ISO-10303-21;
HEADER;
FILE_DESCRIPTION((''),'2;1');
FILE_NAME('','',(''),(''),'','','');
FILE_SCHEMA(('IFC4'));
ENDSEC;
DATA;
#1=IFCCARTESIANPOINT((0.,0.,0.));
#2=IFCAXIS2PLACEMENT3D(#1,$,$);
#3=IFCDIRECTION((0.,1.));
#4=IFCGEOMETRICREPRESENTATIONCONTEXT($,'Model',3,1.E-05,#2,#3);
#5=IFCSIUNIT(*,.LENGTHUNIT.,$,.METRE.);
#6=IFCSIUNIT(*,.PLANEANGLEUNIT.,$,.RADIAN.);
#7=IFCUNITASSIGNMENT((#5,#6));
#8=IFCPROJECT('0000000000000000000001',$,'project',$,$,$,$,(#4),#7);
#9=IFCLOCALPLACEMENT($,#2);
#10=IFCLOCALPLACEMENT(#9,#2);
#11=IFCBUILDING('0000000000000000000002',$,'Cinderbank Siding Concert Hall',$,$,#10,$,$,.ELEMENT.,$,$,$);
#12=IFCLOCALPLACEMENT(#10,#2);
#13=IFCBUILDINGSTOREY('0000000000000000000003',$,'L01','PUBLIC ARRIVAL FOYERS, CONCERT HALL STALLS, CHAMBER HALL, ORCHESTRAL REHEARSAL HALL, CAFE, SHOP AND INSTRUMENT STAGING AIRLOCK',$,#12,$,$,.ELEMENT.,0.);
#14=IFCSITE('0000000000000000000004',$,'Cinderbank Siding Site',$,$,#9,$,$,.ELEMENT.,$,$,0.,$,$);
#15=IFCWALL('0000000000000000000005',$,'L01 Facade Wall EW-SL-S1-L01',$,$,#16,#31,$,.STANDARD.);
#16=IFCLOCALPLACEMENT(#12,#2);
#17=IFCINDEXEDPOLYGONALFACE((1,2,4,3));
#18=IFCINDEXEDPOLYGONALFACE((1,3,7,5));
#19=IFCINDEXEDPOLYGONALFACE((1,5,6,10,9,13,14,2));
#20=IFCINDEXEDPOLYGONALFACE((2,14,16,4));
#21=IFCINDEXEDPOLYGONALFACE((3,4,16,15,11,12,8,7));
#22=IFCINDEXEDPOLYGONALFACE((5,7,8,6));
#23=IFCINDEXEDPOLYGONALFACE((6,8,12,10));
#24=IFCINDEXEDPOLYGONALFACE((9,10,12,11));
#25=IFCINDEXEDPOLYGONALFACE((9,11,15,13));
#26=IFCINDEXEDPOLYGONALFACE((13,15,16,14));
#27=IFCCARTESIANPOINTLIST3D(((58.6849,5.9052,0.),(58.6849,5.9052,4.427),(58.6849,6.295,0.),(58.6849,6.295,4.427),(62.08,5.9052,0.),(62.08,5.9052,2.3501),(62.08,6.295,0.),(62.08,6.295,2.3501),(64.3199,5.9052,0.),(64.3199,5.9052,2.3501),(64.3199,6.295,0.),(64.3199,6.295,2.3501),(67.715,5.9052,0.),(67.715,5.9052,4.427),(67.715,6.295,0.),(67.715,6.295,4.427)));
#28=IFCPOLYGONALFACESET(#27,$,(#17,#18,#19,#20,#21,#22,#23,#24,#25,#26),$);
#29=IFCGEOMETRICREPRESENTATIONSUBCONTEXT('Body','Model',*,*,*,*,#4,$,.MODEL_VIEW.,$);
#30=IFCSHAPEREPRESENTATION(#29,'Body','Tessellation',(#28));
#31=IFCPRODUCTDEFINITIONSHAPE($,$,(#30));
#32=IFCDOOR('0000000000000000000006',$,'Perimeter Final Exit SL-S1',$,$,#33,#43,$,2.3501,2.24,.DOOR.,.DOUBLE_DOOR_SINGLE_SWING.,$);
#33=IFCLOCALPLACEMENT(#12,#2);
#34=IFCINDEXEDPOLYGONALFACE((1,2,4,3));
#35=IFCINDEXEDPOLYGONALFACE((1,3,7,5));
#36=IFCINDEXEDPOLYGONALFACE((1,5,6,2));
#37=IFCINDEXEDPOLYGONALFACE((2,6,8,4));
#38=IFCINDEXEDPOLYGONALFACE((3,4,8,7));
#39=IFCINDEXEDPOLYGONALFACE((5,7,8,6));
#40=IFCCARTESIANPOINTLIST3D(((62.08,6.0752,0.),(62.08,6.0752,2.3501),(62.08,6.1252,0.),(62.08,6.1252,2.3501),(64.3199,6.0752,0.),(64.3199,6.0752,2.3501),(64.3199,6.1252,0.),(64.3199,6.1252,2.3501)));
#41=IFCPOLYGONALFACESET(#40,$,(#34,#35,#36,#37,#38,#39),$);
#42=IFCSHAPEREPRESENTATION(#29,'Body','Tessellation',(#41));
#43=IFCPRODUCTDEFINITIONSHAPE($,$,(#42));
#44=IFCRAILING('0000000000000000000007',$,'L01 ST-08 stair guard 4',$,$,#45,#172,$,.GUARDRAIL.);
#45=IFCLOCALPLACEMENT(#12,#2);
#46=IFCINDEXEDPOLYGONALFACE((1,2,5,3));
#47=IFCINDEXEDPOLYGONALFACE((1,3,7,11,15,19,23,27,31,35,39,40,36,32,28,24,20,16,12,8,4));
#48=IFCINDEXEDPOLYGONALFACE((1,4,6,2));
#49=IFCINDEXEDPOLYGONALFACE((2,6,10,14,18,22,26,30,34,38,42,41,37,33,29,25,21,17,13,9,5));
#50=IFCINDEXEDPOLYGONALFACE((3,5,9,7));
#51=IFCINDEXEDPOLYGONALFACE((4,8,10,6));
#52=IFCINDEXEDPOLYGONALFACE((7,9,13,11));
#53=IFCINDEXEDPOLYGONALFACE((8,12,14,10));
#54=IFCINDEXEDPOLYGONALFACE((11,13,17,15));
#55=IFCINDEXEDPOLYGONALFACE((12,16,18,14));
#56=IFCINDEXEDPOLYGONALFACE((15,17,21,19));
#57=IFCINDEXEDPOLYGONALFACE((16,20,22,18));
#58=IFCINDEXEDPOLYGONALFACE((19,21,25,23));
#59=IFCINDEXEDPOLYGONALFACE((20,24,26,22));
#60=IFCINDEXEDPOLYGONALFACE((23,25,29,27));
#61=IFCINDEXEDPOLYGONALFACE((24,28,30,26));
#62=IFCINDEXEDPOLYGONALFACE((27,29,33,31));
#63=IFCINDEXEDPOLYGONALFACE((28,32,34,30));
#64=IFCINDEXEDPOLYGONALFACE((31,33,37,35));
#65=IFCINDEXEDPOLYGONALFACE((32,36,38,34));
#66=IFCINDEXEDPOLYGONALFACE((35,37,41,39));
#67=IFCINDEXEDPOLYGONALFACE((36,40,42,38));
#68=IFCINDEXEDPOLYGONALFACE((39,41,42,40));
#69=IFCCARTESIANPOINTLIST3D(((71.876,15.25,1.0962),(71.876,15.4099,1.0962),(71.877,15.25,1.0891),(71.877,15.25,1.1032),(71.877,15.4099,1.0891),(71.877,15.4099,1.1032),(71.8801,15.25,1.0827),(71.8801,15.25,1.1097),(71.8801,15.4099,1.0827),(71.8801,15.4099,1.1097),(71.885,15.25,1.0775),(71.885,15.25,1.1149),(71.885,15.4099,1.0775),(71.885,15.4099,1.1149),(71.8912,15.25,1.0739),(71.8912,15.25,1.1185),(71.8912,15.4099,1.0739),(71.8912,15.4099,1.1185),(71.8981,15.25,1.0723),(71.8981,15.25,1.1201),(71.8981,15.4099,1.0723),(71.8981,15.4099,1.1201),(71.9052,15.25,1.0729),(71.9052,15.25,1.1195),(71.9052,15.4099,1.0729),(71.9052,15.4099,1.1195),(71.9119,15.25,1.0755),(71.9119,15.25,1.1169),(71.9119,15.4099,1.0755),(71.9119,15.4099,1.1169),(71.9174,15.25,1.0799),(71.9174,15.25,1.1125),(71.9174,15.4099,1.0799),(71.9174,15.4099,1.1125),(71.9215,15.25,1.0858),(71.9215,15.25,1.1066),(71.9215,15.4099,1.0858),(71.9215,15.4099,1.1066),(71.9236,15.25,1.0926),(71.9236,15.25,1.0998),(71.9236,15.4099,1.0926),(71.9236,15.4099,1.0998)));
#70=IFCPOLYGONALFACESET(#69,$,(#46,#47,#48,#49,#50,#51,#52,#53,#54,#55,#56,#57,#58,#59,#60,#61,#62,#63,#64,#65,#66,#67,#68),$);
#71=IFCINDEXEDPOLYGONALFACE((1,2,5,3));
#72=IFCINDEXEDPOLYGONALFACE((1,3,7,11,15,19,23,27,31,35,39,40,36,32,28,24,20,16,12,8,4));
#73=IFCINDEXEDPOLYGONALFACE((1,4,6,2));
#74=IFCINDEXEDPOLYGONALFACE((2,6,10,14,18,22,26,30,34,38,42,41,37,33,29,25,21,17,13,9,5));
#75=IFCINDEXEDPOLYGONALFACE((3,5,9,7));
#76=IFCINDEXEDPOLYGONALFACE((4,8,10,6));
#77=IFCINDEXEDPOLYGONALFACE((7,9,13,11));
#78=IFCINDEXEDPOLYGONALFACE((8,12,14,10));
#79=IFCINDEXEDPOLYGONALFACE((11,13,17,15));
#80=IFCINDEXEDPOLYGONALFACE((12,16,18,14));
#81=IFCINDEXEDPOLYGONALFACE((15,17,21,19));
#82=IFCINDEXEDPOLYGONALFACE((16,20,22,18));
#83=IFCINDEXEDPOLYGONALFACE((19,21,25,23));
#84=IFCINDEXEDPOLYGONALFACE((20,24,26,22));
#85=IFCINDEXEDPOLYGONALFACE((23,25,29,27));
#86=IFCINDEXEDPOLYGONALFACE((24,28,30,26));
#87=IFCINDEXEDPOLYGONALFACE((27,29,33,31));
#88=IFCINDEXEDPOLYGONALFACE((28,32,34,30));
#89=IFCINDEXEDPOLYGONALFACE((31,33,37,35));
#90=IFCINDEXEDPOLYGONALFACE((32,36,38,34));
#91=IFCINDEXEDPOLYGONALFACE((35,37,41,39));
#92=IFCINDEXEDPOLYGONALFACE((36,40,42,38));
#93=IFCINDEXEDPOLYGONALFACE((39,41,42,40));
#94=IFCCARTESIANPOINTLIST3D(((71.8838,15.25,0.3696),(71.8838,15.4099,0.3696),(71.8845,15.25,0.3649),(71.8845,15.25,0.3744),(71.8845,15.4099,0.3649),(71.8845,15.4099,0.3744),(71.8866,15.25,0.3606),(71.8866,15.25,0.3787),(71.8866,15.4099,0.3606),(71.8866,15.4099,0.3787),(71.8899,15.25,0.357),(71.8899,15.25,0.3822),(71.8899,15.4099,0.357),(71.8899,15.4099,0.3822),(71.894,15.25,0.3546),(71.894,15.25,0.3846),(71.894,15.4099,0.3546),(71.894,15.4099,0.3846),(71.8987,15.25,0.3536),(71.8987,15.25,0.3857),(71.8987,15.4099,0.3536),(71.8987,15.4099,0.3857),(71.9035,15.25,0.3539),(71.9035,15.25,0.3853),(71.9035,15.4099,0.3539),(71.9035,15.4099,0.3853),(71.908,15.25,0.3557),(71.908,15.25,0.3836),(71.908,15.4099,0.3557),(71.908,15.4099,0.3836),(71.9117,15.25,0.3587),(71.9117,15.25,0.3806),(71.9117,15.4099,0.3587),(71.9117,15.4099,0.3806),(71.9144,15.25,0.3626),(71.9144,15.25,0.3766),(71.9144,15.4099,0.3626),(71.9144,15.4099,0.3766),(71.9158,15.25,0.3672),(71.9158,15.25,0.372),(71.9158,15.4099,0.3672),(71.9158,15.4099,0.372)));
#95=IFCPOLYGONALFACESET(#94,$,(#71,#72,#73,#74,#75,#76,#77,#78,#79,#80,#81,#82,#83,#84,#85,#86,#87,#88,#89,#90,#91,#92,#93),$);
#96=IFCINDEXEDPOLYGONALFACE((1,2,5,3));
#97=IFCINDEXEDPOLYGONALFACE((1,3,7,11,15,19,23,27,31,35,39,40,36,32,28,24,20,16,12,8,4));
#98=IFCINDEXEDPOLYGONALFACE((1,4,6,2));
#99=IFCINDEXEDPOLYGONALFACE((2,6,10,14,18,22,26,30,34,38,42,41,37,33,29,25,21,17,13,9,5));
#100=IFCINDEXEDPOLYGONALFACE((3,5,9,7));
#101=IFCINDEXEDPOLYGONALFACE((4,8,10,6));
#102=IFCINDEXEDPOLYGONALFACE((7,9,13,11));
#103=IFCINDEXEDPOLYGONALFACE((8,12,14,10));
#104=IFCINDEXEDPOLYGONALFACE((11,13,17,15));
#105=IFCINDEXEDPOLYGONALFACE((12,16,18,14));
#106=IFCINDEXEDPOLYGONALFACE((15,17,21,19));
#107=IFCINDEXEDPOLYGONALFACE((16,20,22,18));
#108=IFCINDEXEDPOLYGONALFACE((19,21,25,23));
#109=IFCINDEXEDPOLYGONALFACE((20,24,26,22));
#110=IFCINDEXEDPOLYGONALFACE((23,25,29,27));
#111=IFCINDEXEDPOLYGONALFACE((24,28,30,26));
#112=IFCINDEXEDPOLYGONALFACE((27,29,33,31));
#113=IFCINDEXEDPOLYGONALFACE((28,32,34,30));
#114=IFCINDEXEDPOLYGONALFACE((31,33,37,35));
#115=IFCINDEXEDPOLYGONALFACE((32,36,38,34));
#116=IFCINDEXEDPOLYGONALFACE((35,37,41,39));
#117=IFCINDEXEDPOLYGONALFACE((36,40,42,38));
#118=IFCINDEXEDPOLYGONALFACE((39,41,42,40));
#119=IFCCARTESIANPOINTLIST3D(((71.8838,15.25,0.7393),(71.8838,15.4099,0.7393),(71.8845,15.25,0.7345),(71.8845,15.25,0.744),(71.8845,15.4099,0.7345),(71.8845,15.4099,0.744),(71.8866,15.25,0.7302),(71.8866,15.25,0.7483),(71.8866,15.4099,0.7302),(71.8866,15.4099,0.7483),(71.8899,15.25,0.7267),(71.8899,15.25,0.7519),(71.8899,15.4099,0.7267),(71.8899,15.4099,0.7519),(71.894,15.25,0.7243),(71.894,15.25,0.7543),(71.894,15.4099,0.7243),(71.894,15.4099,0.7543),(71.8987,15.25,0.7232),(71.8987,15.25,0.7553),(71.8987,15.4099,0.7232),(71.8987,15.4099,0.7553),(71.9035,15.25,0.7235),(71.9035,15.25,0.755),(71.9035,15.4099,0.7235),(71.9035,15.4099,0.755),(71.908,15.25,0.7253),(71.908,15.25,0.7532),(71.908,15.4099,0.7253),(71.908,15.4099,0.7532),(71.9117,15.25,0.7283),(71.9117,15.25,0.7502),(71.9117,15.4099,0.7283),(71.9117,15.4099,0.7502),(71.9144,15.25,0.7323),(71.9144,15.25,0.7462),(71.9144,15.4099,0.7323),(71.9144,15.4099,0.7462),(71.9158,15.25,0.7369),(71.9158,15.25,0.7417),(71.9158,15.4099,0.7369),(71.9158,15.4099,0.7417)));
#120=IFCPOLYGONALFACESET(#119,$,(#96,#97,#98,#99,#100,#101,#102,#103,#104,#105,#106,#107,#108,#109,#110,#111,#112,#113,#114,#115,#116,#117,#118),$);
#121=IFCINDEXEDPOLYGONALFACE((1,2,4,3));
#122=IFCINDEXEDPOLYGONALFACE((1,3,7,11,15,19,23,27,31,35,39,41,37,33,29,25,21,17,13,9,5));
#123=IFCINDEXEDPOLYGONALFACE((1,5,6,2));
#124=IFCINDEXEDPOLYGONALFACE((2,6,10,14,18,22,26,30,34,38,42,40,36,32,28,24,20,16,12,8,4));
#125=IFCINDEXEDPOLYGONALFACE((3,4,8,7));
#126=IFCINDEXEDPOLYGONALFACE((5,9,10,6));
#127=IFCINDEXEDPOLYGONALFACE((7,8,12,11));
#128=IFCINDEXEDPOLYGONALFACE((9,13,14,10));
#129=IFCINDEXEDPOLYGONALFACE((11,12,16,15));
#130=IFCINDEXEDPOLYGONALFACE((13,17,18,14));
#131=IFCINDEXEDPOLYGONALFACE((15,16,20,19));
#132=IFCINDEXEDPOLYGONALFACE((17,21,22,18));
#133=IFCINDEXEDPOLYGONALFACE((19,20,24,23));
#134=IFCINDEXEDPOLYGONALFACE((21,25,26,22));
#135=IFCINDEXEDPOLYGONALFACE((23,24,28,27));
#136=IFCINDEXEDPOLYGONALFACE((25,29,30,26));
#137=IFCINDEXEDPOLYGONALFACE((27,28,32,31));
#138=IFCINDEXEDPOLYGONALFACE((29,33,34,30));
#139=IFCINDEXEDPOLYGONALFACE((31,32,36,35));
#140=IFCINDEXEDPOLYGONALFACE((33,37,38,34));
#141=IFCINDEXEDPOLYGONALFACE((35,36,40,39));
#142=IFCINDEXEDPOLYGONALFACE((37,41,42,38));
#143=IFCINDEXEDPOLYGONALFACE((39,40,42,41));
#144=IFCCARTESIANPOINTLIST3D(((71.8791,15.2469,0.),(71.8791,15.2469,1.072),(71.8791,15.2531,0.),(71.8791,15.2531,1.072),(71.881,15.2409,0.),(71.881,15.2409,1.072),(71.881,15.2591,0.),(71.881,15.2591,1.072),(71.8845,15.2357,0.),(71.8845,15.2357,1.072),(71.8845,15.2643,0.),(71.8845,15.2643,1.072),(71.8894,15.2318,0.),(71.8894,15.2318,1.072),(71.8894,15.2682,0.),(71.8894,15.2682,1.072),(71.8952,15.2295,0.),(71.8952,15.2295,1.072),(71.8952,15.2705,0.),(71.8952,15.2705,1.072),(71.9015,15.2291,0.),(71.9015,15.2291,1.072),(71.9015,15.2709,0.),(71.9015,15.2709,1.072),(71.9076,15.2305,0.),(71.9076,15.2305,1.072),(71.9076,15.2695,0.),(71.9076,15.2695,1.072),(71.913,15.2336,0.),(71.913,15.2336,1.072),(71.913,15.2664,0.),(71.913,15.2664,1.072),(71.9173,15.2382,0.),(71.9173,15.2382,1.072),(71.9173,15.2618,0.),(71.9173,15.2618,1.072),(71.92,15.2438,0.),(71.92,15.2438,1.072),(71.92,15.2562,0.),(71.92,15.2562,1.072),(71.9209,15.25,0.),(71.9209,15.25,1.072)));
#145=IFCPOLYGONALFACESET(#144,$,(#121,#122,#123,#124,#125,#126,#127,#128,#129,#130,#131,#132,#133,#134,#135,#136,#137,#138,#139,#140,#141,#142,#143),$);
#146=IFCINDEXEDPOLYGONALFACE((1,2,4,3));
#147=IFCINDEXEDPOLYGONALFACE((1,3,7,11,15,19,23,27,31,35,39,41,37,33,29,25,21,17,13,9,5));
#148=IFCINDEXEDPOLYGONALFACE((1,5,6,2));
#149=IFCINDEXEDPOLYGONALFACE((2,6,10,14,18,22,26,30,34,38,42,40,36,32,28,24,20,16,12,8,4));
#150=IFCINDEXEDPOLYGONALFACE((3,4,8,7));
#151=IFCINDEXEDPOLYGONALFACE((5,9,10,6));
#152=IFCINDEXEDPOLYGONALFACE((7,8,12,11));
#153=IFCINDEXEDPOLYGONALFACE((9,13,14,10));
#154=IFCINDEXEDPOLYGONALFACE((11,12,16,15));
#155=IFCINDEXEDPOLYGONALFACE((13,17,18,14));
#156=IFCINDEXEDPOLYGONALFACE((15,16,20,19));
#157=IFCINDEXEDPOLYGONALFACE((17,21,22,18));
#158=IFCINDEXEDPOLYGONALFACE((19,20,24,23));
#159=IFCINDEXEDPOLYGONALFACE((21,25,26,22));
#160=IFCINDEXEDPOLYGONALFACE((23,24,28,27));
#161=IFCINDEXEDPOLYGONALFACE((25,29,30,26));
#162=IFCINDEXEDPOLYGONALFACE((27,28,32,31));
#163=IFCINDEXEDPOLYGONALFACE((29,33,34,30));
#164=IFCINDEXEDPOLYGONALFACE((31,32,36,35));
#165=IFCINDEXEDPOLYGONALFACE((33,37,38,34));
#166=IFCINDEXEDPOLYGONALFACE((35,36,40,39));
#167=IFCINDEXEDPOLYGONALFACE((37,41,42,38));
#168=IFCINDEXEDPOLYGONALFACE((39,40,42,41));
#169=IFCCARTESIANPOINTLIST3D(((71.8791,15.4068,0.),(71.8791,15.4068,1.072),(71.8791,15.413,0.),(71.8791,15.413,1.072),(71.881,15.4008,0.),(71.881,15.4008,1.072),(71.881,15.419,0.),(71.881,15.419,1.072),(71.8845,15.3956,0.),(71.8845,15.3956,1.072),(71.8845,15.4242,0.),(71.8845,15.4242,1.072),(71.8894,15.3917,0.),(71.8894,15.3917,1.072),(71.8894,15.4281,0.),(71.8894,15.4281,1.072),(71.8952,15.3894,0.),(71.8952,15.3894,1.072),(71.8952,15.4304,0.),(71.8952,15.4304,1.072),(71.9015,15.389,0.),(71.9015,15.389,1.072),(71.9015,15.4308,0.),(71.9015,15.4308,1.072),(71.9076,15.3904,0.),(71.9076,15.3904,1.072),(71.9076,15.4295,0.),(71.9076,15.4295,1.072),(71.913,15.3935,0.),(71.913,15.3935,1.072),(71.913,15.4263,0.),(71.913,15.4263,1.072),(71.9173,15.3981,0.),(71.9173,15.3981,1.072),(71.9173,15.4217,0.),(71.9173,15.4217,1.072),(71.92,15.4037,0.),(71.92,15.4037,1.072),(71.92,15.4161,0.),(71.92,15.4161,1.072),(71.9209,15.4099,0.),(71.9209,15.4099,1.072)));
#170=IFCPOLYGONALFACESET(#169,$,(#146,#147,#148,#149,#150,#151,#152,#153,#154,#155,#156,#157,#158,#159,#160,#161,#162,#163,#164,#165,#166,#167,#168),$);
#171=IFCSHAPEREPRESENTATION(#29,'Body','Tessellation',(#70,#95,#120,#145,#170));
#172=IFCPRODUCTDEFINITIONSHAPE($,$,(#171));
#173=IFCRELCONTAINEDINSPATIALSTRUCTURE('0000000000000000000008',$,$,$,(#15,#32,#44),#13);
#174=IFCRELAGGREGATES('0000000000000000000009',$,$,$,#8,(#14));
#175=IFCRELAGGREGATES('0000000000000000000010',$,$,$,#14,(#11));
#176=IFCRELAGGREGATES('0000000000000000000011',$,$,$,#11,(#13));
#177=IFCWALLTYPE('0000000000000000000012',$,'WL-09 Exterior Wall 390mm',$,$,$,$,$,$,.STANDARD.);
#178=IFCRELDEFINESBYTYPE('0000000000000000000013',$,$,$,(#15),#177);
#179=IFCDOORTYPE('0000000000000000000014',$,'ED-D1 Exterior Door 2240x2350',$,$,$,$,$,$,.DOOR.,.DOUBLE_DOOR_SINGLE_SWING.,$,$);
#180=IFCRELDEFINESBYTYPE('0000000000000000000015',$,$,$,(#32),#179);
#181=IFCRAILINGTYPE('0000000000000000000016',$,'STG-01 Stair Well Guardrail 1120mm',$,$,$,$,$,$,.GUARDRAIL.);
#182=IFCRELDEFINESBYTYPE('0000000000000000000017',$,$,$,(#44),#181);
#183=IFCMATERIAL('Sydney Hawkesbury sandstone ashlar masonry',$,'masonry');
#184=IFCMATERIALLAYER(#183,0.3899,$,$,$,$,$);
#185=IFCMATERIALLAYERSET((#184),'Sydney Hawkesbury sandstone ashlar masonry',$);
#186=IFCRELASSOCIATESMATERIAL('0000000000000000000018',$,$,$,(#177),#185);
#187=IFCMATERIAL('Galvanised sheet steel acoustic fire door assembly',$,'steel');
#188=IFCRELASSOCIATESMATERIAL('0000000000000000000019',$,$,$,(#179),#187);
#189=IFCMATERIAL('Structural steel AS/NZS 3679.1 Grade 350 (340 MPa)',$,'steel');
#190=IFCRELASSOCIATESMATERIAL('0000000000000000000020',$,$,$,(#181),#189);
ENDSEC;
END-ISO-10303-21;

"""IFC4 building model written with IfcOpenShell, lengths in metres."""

from ifc_helpers import new_model, si_unit, direction, frame, frame_2d, origin, origin_2d, place, context, subcontext, project, spatial, rectangle, circle, extrude, material, layer, layer_set, type_object, element, fill, save


model = new_model("IFC4")

# Units and contexts
model_context = context("Model", 3, precision=1e-05, world=origin(), true_north=direction((0.0, 1.0)))
body_context = subcontext(model_context, "Body", "Model", "MODEL_VIEW")
ifc_project = project(units=[si_unit("LENGTHUNIT", "METRE"), si_unit("PLANEANGLEUNIT", "RADIAN")], contexts=[model_context])

# Site, building, storey
site_placement = place(None, origin())
site = spatial("IfcSite", under=ifc_project, at=site_placement, Name="Cinderbank Siding Site", CompositionType="ELEMENT", RefElevation=0.0)
building_placement = place(site_placement, origin())
building = spatial("IfcBuilding", under=site, at=building_placement, Name="Cinderbank Siding Concert Hall", CompositionType="ELEMENT")
storey_placement = place(building_placement, origin())
storey = spatial("IfcBuildingStorey", under=building, at=storey_placement, Name="L01", Description="PUBLIC ARRIVAL FOYERS, CONCERT HALL STALLS, CHAMBER HALL, ORCHESTRAL REHEARSAL HALL, CAFE, SHOP AND INSTRUMENT STAGING AIRLOCK", CompositionType="ELEMENT", Elevation=0.0)

# Shared definitions
ifc_material_1 = material(Name="Galvanised sheet steel acoustic fire door assembly", Category="steel")

# Wall, opening, door
ifc_material_2 = material(Name="Sydney Hawkesbury sandstone ashlar masonry", Category="masonry")
ifc_layer_1 = layer(ifc_material_2, 0.3899)
ifc_layer_set_1 = layer_set([ifc_layer_1], Name="Sydney Hawkesbury sandstone ashlar masonry")
wall_type_1 = type_object("IfcWallType", Name="WL-09 Exterior Wall 390mm", PredefinedType="STANDARD", material=ifc_layer_set_1)
wall_1_placement = place(storey_placement, frame((67.7151, 6.1001, 0.0), z_axis=(0.0, 0.0, 1.0), x_axis=(-1.0, 0.0, 0.0)))
wall_1 = element("IfcWall", 1, at=wall_1_placement, inside=storey, type_object=wall_type_1, Name="L01 Facade Wall EW-SL-S1-L01", PredefinedType="STANDARD", context=body_context, shape_type="SweptSolid", body=[
    extrude(rectangle(XDim=9.03, YDim=0.3899, at=frame_2d((4.5151, 0.0))), origin(), (0.0, 0.0, 1.0), 4.427),
])
opening_1_placement = place(wall_1_placement, frame((3.395, 0.0, 0.0)))
opening_1 = element("IfcOpeningElement", 2, at=opening_1_placement, cuts=wall_1, PredefinedType="OPENING", context=body_context, shape_type="SweptSolid", body=[
    extrude(rectangle(XDim=2.24, YDim=2.3501, at=frame_2d((1.1201, 1.175))), frame((0.0, 0.207, 0.0), z_axis=(0.0, -1.0, 0.0), x_axis=(1.0, 0.0, 0.0)), (0.0, 0.0, 1.0), 0.4138),
])
door_type_1 = type_object("IfcDoorType", Name="ED-D1 Exterior Door 2240x2350", OperationType="DOUBLE_DOOR_SINGLE_SWING", PredefinedType="DOOR", material=ifc_material_1)
door_1_placement = place(opening_1_placement, origin())
door_1 = element("IfcDoor", 3, at=door_1_placement, inside=storey, type_object=door_type_1, Name="Perimeter Final Exit SL-S1", OperationType="DOUBLE_DOOR_SINGLE_SWING", OverallHeight=2.3501, OverallWidth=2.24, PredefinedType="DOOR", context=body_context, shape_type="SweptSolid", body=[
    extrude(rectangle(XDim=2.24, YDim=2.3501, at=frame_2d((1.1201, 1.175))), frame((0.0, 0.0249, 0.0), z_axis=(0.0, -1.0, 0.0), x_axis=(1.0, 0.0, 0.0)), (0.0, 0.0, 1.0), 0.05),
])
fill(opening_1, door_1)

# Railing
ifc_material_3 = material(Name="Structural steel AS/NZS 3679.1 Grade 350 (340 MPa)", Category="steel")
railing_type_1 = type_object("IfcRailingType", Name="STG-01 Stair Well Guardrail 1120mm", PredefinedType="GUARDRAIL", material=ifc_material_3)
railing_1_placement = place(storey_placement, frame((71.8999, 15.25, 0.0)))
element("IfcRailing", 4, at=railing_1_placement, inside=storey, type_object=railing_type_1, Name="L01 ST-08 stair guard 4", PredefinedType="GUARDRAIL", context=body_context, shape_type="SweptSolid", body=[
    extrude(circle(Radius=0.0239, at=origin_2d()), frame((0.0, 0.0, 1.0962), z_axis=(0.0, 1.0, 0.0), x_axis=(-1.0, 0.0, 0.0)), (0.0, 0.0, 1.0), 0.1599),
    extrude(circle(Radius=0.0161, at=origin_2d()), frame((0.0, 0.0, 0.3696), z_axis=(0.0, 1.0, 0.0), x_axis=(-1.0, 0.0, 0.0)), (0.0, 0.0, 1.0), 0.1599),
    extrude(circle(Radius=0.0161, at=origin_2d()), frame((0.0, 0.0, 0.7393), z_axis=(0.0, 1.0, 0.0), x_axis=(-1.0, 0.0, 0.0)), (0.0, 0.0, 1.0), 0.1599),
    extrude(circle(Radius=0.021, at=origin_2d()), origin(), (0.0, 0.0, 1.0), 1.072),
    extrude(circle(Radius=0.021, at=origin_2d()), frame((0.0, 0.1599, 0.0)), (0.0, 0.0, 1.0), 1.072),
])

save(model, "model.ifc")
